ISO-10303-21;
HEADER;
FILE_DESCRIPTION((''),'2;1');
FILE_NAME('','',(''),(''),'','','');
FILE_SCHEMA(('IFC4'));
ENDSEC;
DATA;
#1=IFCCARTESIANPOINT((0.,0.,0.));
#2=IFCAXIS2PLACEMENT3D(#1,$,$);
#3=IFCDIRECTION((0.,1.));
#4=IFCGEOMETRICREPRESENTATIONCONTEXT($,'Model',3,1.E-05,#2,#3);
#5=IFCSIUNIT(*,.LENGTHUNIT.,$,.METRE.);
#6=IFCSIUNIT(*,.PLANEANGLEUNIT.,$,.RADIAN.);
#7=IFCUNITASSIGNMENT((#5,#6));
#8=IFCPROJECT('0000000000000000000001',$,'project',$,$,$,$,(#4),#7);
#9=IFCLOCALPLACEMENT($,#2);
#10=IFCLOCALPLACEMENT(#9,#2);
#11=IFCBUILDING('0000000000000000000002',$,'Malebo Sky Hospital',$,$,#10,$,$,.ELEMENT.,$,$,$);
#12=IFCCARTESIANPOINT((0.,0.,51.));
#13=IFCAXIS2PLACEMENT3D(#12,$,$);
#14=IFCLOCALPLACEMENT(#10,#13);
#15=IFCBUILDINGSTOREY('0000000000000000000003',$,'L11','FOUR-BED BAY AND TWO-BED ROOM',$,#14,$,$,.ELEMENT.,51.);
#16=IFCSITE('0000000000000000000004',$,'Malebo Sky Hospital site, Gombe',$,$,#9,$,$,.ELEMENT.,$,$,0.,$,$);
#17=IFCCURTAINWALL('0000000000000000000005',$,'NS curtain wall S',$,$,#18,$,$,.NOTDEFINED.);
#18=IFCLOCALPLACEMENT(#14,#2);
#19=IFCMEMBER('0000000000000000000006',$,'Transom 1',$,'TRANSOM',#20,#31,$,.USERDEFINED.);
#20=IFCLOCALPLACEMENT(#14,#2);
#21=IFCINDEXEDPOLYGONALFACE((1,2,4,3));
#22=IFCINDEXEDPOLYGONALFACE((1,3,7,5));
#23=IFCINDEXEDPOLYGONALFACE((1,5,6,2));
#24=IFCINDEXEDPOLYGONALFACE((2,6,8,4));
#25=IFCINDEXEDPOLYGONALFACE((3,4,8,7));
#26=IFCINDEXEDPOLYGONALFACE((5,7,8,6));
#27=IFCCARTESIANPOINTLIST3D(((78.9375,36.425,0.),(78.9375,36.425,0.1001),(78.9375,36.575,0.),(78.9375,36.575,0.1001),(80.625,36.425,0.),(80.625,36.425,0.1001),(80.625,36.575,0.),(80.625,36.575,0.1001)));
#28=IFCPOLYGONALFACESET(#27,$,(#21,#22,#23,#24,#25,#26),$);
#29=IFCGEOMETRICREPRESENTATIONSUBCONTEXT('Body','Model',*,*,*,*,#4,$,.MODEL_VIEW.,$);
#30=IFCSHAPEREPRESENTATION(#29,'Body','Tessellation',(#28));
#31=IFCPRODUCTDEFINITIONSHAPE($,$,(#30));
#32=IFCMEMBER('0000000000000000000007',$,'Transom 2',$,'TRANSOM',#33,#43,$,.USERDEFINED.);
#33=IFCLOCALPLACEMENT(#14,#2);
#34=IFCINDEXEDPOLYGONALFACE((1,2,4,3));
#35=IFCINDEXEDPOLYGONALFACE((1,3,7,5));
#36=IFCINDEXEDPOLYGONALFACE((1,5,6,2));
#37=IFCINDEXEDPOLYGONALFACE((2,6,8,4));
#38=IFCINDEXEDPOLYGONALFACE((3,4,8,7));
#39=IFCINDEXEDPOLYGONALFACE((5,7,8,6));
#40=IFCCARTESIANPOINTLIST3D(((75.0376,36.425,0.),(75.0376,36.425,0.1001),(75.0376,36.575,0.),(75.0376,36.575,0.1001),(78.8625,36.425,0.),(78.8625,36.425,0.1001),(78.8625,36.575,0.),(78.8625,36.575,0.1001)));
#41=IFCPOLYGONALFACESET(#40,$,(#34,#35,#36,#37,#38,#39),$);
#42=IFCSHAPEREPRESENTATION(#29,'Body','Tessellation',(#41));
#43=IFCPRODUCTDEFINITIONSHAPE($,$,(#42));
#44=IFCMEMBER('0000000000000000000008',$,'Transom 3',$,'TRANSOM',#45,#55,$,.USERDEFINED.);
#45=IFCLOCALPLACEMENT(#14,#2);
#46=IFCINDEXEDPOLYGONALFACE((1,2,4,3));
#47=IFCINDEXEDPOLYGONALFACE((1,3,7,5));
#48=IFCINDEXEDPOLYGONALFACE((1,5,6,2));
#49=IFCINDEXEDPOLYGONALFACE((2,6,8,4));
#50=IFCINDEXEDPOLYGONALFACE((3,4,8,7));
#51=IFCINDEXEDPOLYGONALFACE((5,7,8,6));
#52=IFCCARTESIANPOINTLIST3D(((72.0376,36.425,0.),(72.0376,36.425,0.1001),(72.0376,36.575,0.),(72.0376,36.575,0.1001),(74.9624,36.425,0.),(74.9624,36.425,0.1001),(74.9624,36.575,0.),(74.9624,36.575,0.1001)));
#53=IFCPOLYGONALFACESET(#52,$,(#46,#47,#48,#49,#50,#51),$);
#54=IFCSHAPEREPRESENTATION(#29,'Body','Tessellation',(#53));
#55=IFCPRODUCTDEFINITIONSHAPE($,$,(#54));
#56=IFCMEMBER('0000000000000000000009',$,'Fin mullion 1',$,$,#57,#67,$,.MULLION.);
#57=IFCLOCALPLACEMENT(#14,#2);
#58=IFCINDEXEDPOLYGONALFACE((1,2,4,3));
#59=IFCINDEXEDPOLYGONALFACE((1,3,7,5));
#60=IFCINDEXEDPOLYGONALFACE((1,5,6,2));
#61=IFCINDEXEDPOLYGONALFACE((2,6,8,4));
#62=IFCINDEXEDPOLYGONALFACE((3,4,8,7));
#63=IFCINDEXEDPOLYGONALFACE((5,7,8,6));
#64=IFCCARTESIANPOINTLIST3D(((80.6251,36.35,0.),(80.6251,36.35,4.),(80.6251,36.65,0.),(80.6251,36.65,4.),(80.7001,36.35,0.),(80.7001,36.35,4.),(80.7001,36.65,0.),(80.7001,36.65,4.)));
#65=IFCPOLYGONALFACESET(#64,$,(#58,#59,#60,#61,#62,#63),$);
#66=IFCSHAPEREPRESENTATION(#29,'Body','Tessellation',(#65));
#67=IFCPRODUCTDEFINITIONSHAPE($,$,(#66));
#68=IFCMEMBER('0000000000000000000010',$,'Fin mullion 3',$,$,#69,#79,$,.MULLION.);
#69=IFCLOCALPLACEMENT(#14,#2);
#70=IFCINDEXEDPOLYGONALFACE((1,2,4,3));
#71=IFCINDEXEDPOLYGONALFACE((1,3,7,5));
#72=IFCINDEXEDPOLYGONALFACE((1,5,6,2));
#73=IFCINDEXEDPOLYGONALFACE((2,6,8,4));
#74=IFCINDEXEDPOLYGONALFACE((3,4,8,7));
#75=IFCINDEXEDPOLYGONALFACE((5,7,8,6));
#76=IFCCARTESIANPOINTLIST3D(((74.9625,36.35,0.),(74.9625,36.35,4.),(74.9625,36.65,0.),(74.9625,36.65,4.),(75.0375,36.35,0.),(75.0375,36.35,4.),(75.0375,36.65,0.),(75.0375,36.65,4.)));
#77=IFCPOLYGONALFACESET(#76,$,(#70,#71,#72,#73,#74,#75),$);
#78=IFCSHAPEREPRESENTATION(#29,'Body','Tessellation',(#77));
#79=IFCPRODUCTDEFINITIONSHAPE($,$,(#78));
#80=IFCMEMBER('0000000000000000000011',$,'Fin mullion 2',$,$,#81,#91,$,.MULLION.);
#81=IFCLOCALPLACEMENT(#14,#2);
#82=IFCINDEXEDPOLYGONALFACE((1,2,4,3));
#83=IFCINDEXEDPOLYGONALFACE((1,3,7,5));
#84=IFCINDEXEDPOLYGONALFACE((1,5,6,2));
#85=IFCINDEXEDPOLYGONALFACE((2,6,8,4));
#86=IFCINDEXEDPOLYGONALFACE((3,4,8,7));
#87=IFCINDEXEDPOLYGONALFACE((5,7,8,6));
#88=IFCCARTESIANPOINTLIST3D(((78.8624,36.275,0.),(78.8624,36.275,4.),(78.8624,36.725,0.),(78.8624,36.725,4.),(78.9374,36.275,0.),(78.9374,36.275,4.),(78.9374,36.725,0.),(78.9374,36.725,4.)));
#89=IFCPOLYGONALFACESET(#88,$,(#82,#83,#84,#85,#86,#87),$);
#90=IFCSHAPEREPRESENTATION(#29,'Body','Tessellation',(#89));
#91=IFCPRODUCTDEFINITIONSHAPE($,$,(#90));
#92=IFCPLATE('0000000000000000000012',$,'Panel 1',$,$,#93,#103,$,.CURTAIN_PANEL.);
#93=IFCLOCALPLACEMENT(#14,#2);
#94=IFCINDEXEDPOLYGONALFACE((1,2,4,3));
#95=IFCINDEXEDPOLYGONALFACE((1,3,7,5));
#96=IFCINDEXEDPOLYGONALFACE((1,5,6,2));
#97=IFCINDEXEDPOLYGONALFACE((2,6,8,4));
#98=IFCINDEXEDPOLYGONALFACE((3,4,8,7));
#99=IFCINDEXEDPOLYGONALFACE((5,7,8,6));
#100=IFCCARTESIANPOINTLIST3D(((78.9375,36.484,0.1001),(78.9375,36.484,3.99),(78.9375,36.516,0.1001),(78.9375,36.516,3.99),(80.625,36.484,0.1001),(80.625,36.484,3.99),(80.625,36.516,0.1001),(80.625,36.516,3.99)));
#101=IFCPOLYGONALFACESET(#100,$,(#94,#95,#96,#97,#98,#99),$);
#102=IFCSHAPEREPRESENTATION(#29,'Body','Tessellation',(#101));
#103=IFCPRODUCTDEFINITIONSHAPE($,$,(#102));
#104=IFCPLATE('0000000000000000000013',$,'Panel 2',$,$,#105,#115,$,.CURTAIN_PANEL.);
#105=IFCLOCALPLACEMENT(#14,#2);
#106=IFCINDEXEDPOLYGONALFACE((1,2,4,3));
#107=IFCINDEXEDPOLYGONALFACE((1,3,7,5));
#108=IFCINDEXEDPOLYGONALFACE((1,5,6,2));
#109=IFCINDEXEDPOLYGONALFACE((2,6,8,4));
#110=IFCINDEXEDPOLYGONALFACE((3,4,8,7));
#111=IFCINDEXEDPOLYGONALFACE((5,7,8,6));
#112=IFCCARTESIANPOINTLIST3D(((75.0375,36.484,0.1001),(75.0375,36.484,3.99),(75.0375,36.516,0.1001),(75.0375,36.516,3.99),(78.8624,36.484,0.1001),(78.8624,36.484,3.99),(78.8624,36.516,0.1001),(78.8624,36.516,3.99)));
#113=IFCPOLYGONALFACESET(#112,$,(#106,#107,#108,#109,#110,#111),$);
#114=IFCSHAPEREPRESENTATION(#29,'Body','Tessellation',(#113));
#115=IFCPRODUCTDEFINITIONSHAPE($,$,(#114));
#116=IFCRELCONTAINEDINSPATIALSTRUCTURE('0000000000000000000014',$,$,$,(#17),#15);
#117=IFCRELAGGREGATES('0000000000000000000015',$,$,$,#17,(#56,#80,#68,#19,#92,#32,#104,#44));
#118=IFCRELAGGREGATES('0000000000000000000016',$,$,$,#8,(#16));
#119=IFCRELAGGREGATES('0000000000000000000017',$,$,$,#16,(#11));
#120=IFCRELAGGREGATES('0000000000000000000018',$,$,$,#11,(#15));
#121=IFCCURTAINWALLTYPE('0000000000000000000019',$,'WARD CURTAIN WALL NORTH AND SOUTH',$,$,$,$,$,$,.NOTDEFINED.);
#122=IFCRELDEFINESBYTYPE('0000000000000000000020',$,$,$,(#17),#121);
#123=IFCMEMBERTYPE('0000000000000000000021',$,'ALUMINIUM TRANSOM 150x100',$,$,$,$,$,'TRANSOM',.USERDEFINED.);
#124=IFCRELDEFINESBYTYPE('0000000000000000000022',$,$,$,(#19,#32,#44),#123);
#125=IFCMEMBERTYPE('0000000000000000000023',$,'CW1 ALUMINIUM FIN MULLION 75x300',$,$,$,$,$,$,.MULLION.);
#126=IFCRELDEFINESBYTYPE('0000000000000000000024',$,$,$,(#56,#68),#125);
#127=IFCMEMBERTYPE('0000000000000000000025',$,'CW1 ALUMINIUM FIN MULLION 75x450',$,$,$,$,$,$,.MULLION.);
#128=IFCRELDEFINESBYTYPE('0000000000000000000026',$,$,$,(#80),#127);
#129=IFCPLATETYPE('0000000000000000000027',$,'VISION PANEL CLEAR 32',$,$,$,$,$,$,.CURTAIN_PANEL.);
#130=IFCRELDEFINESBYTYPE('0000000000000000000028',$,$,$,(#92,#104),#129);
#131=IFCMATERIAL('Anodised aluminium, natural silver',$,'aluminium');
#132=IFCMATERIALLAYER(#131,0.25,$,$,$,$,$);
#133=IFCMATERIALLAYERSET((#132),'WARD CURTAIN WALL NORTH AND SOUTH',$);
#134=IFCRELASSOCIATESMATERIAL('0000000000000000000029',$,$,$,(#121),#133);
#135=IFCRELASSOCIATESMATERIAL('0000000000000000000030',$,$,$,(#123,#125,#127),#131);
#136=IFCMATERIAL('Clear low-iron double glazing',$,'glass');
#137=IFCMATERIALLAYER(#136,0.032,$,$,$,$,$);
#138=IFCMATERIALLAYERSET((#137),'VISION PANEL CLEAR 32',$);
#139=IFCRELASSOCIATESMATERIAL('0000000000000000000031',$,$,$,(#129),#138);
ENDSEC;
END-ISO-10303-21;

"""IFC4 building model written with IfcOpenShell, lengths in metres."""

from ifc_helpers import new_model, si_unit, direction, frame, origin, origin_2d, place, context, subcontext, project, spatial, rectangle, extrude, material, layer, layer_set, material_profile, profile_set, type_object, element, aggregate, save


model = new_model("IFC4")

# Units and contexts
model_context = context("Model", 3, precision=1e-05, world=origin(), true_north=direction((0.0, 1.0)))
body_context = subcontext(model_context, "Body", "Model", "MODEL_VIEW")
ifc_project = project(units=[si_unit("LENGTHUNIT", "METRE"), si_unit("PLANEANGLEUNIT", "RADIAN")], contexts=[model_context])

# Site, building, storey
site_placement = place(None, origin())
site = spatial("IfcSite", under=ifc_project, at=site_placement, Name="Malebo Sky Hospital site, Gombe", CompositionType="ELEMENT", RefElevation=0.0)
building_placement = place(site_placement, origin())
building = spatial("IfcBuilding", under=site, at=building_placement, Name="Malebo Sky Hospital", CompositionType="ELEMENT")
storey_placement = place(building_placement, frame((0.0, 0.0, 51.0)))
storey = spatial("IfcBuildingStorey", under=building, at=storey_placement, Name="L11", Description="FOUR-BED BAY AND TWO-BED ROOM", CompositionType="ELEMENT", Elevation=51.0)

# Curtain wall, members, plates
ifc_material_1 = material(Name="Anodised aluminium, natural silver", Category="aluminium")
ifc_layer_1 = layer(ifc_material_1, 0.25)
ifc_layer_set_1 = layer_set([ifc_layer_1], Name="WARD CURTAIN WALL NORTH AND SOUTH")
curtain_wall_type = type_object("IfcCurtainWallType", Name="WARD CURTAIN WALL NORTH AND SOUTH", PredefinedType="NOTDEFINED", material=ifc_layer_set_1)
curtain_wall_placement = place(storey_placement, origin())
curtain_wall = element("IfcCurtainWall", 1, at=curtain_wall_placement, inside=storey, type_object=curtain_wall_type, Name="NS curtain wall S", PredefinedType="NOTDEFINED")
ifc_material_profile_1 = material_profile(ifc_material_1, rectangle(XDim=0.1499, YDim=0.1001, at=origin_2d()), Name="ALUMINIUM TRANSOM 150x100")
ifc_profile_set_1 = profile_set([ifc_material_profile_1], Name="Anodised aluminium, natural silver")
member_type_1 = type_object("IfcMemberType", Name="ALUMINIUM TRANSOM 150x100", ElementType="TRANSOM", PredefinedType="USERDEFINED", material=ifc_profile_set_1)
member_1_placement = place(storey_placement, frame((80.625, 36.5, 0.05), z_axis=(-1.0, 0.0, 0.0), x_axis=(0.0, -1.0, 0.0)))
member_1 = element("IfcMember", 2, at=member_1_placement, type_object=member_type_1, Name="Transom 1", ObjectType="TRANSOM", PredefinedType="USERDEFINED", context=body_context, shape_type="SweptSolid", body=[
    extrude(rectangle(XDim=0.1499, YDim=0.1001, at=origin_2d()), origin(), (0.0, 0.0, 1.0), 1.6875),
])
member_2_placement = place(storey_placement, frame((78.8625, 36.5, 0.05), z_axis=(-1.0, 0.0, 0.0), x_axis=(0.0, -1.0, 0.0)))
member_2 = element("IfcMember", 3, at=member_2_placement, type_object=member_type_1, Name="Transom 2", ObjectType="TRANSOM", PredefinedType="USERDEFINED", context=body_context, shape_type="SweptSolid", body=[
    extrude(rectangle(XDim=0.1499, YDim=0.1001, at=origin_2d()), origin(), (0.0, 0.0, 1.0), 3.825),
])
member_3_placement = place(storey_placement, frame((74.9624, 36.5, 0.05), z_axis=(-1.0, 0.0, 0.0), x_axis=(0.0, -1.0, 0.0)))
member_3 = element("IfcMember", 4, at=member_3_placement, type_object=member_type_1, Name="Transom 3", ObjectType="TRANSOM", PredefinedType="USERDEFINED", context=body_context, shape_type="SweptSolid", body=[
    extrude(rectangle(XDim=0.1499, YDim=0.1001, at=origin_2d()), origin(), (0.0, 0.0, 1.0), 2.9248),
])
ifc_material_profile_2 = material_profile(ifc_material_1, rectangle(XDim=0.075, YDim=0.3, at=origin_2d()), Name="CW1 ALUMINIUM FIN MULLION 75x300")
ifc_profile_set_2 = profile_set([ifc_material_profile_2], Name="Anodised aluminium, natural silver")
member_type_2 = type_object("IfcMemberType", Name="CW1 ALUMINIUM FIN MULLION 75x300", PredefinedType="MULLION", material=ifc_profile_set_2)
member_4_placement = place(storey_placement, frame((80.6626, 36.5, 0.0), z_axis=(0.0, 0.0, 1.0), x_axis=(-1.0, 0.0, 0.0)))
member_4 = element("IfcMember", 5, at=member_4_placement, type_object=member_type_2, Name="Fin mullion 1", PredefinedType="MULLION", context=body_context, shape_type="SweptSolid", body=[
    extrude(rectangle(XDim=0.075, YDim=0.3, at=origin_2d()), origin(), (0.0, 0.0, 1.0), 4.0),
])
member_5_placement = place(storey_placement, frame((75.0, 36.5, 0.0), z_axis=(0.0, 0.0, 1.0), x_axis=(-1.0, 0.0, 0.0)))
member_5 = element("IfcMember", 6, at=member_5_placement, type_object=member_type_2, Name="Fin mullion 3", PredefinedType="MULLION", context=body_context, shape_type="SweptSolid", body=[
    extrude(rectangle(XDim=0.075, YDim=0.3, at=origin_2d()), origin(), (0.0, 0.0, 1.0), 4.0),
])
ifc_material_profile_3 = material_profile(ifc_material_1, rectangle(XDim=0.075, YDim=0.45, at=origin_2d()), Name="CW1 ALUMINIUM FIN MULLION 75x450")
ifc_profile_set_3 = profile_set([ifc_material_profile_3], Name="Anodised aluminium, natural silver")
member_type_3 = type_object("IfcMemberType", Name="CW1 ALUMINIUM FIN MULLION 75x450", PredefinedType="MULLION", material=ifc_profile_set_3)
member_6_placement = place(storey_placement, frame((78.8999, 36.5, 0.0), z_axis=(0.0, 0.0, 1.0), x_axis=(-1.0, 0.0, 0.0)))
member_6 = element("IfcMember", 7, at=member_6_placement, type_object=member_type_3, Name="Fin mullion 2", PredefinedType="MULLION", context=body_context, shape_type="SweptSolid", body=[
    extrude(rectangle(XDim=0.075, YDim=0.45, at=origin_2d()), origin(), (0.0, 0.0, 1.0), 4.0),
])
ifc_material_2 = material(Name="Clear low-iron double glazing", Category="glass")
ifc_layer_2 = layer(ifc_material_2, 0.032)
ifc_layer_set_2 = layer_set([ifc_layer_2], Name="VISION PANEL CLEAR 32")
plate_type = type_object("IfcPlateType", Name="VISION PANEL CLEAR 32", PredefinedType="CURTAIN_PANEL", material=ifc_layer_set_2)
plate_1_placement = place(storey_placement, frame((79.7812, 36.5, 0.1001), z_axis=(0.0, 0.0, 1.0), x_axis=(-1.0, 0.0, 0.0)))
plate_1 = element("IfcPlate", 8, at=plate_1_placement, type_object=plate_type, Name="Panel 1", PredefinedType="CURTAIN_PANEL", context=body_context, shape_type="SweptSolid", body=[
    extrude(rectangle(XDim=1.6875, YDim=0.032, at=origin_2d()), origin(), (0.0, 0.0, 1.0), 3.8899),
])
plate_2_placement = place(storey_placement, frame((76.95, 36.5, 0.1001), z_axis=(0.0, 0.0, 1.0), x_axis=(-1.0, 0.0, 0.0)))
plate_2 = element("IfcPlate", 9, at=plate_2_placement, type_object=plate_type, Name="Panel 2", PredefinedType="CURTAIN_PANEL", context=body_context, shape_type="SweptSolid", body=[
    extrude(rectangle(XDim=3.825, YDim=0.032, at=origin_2d()), origin(), (0.0, 0.0, 1.0), 3.8899),
])
aggregate(curtain_wall, [member_4, member_6, member_5, member_1, plate_1, member_2, plate_2, member_3])

save(model, "model.ifc")
